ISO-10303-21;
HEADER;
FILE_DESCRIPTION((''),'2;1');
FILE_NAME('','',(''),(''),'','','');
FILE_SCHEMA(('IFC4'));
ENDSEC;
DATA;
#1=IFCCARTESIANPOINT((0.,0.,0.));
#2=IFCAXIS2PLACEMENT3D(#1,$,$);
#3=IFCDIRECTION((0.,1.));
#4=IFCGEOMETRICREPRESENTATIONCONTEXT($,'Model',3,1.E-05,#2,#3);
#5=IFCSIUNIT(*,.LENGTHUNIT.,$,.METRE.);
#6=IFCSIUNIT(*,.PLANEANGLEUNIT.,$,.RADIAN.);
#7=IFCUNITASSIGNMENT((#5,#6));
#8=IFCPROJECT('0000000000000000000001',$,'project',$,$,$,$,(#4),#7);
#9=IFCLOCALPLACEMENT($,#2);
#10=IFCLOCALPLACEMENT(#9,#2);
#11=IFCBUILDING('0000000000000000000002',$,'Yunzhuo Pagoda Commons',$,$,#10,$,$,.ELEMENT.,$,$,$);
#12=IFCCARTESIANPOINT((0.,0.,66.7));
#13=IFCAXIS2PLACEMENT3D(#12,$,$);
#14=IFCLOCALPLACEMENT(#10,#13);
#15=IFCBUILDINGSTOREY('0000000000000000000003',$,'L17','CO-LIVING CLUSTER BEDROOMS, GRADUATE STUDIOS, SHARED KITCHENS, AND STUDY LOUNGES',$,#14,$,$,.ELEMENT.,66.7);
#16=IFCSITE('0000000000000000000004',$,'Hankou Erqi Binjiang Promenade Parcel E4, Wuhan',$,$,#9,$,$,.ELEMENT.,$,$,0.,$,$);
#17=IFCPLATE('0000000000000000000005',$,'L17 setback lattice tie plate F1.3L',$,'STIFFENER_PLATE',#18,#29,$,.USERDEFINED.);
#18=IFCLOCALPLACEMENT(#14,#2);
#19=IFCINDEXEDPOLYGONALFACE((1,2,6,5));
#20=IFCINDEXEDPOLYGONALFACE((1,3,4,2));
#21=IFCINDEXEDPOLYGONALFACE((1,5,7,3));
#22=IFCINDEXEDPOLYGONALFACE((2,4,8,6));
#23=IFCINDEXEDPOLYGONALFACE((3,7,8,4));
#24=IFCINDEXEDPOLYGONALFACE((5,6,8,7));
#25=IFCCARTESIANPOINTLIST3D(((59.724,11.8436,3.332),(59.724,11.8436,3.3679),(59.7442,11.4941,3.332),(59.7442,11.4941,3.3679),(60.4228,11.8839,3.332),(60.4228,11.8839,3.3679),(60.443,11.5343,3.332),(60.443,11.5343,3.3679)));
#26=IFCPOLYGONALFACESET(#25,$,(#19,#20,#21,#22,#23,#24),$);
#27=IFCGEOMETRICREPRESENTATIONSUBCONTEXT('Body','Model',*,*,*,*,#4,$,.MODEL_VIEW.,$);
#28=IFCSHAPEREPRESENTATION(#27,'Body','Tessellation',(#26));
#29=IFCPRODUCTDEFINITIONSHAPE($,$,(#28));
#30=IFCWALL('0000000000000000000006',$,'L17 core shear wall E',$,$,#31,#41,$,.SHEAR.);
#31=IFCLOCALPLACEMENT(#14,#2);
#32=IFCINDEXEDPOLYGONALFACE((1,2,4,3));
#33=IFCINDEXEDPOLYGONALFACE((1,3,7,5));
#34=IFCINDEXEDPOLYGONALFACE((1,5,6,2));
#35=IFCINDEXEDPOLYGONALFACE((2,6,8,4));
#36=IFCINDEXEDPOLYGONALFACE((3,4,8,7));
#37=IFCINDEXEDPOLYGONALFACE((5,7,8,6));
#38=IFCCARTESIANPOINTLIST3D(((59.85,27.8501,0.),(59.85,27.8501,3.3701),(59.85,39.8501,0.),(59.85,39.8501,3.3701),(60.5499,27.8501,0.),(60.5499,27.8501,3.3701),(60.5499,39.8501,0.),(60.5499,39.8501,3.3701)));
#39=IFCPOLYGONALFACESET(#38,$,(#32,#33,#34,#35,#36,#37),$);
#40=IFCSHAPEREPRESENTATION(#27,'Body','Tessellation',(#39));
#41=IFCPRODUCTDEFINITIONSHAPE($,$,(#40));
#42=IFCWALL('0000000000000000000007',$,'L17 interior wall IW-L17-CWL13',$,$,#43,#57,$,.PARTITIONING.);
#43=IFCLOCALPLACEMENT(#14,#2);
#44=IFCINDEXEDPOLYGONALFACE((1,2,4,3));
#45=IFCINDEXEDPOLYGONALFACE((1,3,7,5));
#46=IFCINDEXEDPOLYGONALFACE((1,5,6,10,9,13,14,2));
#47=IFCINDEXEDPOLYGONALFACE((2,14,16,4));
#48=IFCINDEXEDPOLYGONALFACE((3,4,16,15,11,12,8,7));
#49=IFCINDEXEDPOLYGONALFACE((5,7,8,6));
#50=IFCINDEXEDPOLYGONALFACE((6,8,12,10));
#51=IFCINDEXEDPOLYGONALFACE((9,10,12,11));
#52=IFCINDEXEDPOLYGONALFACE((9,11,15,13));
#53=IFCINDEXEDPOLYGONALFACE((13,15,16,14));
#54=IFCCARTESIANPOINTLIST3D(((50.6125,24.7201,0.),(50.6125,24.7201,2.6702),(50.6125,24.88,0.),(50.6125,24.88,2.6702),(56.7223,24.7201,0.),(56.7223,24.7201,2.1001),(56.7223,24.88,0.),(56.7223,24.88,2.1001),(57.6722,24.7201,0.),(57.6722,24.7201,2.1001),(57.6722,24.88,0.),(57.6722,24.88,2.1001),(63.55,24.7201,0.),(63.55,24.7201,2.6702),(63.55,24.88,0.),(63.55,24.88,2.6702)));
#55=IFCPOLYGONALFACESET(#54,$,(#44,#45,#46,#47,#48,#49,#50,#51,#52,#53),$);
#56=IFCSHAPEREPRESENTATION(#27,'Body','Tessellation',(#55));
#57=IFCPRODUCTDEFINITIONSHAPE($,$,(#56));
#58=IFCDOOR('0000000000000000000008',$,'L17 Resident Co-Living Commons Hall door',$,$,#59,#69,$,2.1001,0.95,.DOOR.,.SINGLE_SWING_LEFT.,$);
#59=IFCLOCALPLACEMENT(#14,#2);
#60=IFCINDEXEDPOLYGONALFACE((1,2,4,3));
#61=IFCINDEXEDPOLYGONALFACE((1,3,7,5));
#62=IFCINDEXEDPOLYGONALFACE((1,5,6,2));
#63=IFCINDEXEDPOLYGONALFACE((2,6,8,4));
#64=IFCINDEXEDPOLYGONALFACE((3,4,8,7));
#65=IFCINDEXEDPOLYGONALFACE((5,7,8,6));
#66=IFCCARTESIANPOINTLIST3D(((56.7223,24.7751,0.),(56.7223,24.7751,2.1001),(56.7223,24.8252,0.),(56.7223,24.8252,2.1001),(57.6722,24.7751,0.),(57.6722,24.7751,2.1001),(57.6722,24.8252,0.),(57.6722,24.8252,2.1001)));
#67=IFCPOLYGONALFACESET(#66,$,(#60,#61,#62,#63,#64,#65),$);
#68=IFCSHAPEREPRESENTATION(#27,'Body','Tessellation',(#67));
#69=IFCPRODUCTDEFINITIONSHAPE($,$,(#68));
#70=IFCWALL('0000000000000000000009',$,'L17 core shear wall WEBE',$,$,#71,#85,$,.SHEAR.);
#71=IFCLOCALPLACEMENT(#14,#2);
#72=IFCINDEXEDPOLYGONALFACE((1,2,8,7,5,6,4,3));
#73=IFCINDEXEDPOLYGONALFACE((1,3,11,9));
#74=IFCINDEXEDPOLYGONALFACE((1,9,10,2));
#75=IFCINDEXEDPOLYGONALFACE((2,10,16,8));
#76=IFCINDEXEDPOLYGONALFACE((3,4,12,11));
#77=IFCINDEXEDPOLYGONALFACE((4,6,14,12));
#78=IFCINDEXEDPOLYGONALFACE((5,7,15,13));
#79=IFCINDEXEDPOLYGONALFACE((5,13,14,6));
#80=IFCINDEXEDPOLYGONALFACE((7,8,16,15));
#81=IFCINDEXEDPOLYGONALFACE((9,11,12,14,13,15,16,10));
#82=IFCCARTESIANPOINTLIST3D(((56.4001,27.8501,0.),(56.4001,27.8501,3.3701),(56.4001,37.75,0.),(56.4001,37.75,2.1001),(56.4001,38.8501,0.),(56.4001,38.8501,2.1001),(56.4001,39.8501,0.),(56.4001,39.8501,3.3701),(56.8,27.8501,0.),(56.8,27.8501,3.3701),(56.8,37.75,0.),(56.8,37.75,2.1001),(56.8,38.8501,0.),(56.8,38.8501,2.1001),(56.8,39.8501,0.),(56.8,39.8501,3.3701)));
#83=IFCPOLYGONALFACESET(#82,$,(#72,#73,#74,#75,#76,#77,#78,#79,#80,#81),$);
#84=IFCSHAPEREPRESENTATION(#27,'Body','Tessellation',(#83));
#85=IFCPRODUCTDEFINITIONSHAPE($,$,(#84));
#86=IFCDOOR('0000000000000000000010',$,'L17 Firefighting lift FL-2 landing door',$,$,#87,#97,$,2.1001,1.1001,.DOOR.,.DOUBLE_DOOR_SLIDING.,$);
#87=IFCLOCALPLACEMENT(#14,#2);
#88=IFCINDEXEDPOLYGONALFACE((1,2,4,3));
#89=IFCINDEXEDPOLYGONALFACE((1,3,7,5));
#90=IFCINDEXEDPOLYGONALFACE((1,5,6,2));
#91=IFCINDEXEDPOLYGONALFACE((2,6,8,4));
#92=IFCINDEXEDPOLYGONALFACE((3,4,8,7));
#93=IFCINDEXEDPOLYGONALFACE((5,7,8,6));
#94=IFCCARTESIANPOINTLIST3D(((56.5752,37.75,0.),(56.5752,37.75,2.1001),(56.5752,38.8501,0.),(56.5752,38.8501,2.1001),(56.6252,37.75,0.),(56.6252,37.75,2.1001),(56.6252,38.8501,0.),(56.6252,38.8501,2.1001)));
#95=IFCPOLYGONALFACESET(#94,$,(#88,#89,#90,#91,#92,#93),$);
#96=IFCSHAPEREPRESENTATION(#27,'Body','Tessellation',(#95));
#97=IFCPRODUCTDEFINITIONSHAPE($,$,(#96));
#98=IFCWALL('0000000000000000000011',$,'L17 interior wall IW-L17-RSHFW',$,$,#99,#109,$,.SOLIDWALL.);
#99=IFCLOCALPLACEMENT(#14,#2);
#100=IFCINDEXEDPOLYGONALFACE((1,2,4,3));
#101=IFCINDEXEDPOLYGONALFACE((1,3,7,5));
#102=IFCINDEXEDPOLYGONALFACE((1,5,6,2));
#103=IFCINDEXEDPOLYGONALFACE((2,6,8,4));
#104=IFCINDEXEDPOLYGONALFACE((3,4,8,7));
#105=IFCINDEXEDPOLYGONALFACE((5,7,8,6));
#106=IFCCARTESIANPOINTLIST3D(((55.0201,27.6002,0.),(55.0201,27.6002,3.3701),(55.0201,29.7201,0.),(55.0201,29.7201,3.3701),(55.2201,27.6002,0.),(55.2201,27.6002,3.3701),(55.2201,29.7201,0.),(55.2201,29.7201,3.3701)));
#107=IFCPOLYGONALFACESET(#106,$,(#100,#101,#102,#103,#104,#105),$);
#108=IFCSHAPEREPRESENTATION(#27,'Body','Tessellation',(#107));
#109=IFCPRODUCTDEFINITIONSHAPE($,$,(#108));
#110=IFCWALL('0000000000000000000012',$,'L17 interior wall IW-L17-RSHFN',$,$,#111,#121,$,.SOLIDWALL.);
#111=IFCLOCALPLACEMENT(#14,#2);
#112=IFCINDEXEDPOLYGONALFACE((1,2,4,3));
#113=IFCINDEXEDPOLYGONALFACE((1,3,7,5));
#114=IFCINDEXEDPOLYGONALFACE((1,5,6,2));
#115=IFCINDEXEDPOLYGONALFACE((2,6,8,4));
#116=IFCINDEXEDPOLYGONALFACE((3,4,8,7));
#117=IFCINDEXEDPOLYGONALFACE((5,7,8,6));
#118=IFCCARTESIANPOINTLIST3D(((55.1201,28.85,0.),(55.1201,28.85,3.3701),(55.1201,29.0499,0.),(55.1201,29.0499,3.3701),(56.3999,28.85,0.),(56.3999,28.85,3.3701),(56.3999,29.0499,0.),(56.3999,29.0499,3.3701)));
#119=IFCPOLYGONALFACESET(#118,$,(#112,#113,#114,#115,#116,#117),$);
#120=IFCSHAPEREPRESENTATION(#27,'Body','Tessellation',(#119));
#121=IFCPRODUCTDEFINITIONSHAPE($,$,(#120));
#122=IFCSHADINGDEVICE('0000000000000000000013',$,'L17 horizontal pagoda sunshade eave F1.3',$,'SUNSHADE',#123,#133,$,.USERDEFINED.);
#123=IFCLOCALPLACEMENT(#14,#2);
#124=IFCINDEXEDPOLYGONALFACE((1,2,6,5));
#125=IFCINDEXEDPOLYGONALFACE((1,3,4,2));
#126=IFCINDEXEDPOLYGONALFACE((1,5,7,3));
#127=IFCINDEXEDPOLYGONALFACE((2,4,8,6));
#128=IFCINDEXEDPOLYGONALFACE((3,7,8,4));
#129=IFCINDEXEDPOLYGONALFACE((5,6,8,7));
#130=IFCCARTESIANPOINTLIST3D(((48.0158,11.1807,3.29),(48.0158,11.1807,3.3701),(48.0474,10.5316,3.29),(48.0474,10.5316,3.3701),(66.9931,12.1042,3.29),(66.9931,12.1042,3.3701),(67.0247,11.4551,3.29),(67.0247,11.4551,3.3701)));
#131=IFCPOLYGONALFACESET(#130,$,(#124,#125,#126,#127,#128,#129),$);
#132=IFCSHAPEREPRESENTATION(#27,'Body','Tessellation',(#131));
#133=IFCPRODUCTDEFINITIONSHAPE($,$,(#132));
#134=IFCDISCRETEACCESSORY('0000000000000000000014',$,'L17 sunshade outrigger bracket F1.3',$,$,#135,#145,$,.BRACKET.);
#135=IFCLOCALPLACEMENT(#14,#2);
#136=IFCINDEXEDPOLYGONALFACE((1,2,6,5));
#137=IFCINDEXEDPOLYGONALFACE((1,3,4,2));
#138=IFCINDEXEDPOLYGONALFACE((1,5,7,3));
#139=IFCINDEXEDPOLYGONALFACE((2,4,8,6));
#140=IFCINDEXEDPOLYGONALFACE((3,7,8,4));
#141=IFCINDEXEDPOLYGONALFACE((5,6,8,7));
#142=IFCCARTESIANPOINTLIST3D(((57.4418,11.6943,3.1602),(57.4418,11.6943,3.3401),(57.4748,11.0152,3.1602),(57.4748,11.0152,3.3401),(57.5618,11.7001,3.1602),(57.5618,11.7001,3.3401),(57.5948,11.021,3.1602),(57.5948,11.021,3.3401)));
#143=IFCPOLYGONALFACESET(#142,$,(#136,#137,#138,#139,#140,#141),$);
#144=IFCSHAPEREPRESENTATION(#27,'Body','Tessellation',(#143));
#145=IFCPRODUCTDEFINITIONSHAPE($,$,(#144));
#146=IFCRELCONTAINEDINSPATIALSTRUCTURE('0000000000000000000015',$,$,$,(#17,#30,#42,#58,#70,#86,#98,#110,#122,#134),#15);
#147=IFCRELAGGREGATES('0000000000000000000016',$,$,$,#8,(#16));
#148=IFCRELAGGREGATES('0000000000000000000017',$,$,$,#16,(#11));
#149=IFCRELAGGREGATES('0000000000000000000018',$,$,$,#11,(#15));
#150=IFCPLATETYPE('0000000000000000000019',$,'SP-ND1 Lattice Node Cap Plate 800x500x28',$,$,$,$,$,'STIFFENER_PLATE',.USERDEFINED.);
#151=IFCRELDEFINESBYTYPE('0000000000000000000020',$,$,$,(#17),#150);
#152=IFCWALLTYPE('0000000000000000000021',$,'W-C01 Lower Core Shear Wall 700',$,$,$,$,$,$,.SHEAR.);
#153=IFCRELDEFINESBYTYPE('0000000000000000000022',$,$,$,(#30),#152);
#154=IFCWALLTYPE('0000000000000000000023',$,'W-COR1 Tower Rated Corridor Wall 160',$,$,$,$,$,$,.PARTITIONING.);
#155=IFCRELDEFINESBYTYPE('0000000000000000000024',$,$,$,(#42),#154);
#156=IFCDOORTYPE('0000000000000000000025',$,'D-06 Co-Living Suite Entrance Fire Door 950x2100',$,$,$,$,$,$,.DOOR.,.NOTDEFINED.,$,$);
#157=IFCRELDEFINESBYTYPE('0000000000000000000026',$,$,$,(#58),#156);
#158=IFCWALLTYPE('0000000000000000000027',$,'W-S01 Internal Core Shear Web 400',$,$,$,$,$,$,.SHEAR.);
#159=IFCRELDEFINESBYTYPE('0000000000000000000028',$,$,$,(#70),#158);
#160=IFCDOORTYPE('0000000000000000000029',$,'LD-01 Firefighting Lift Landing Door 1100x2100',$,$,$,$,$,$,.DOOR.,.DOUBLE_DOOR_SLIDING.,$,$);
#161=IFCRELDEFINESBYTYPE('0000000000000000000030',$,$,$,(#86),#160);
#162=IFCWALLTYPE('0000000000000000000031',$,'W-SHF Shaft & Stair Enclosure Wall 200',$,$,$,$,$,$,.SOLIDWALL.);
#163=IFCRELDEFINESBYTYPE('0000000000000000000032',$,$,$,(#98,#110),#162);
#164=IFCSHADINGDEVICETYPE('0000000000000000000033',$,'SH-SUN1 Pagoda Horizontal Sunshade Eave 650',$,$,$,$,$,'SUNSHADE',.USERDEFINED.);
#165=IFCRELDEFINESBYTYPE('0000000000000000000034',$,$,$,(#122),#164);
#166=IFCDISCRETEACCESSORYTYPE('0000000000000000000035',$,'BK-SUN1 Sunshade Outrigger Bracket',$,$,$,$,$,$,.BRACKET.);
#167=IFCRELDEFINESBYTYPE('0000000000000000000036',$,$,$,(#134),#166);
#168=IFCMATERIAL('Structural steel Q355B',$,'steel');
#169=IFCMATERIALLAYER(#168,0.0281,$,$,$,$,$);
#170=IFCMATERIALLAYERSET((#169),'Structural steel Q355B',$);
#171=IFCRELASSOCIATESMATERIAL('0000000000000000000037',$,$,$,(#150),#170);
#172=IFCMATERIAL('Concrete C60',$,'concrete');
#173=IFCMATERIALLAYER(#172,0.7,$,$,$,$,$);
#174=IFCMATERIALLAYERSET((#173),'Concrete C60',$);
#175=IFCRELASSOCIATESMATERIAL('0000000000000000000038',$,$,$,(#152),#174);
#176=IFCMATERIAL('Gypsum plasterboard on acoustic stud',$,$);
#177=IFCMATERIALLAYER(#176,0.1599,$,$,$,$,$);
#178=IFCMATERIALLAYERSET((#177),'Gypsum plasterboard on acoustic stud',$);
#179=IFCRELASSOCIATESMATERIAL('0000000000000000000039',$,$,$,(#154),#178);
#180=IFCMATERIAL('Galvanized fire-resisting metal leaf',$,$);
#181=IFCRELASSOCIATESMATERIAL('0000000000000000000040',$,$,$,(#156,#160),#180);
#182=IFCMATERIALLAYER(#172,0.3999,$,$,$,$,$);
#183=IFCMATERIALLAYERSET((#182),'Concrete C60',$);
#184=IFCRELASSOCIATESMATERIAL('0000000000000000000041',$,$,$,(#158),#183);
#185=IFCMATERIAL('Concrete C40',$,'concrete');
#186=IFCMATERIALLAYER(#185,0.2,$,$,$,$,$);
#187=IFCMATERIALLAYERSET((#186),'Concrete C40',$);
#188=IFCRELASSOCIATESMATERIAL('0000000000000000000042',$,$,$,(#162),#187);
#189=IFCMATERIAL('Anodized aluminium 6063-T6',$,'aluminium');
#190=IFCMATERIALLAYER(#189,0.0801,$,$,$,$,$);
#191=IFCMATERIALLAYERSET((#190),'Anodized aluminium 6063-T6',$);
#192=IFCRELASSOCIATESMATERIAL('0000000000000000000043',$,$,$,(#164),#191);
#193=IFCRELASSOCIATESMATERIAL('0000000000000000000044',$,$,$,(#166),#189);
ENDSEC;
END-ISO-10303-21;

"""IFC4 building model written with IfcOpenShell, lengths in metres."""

from ifc_helpers import new_model, si_unit, direction, frame, frame_2d, origin, origin_with_axes, origin_2d, place, context, subcontext, project, spatial, rectangle, extrude, source, transform, mapped, material, layer, layer_set, type_object, element, fill, save


model = new_model("IFC4")

# Units and contexts
model_context = context("Model", 3, precision=1e-05, world=origin(), true_north=direction((0.0, 1.0)))
body_context = subcontext(model_context, "Body", "Model", "MODEL_VIEW")
ifc_project = project(units=[si_unit("LENGTHUNIT", "METRE"), si_unit("PLANEANGLEUNIT", "RADIAN")], contexts=[model_context])

# Site, building, storey
site_placement = place(None, origin())
site = spatial("IfcSite", under=ifc_project, at=site_placement, Name="Hankou Erqi Binjiang Promenade Parcel E4, Wuhan", CompositionType="ELEMENT", RefElevation=0.0)
building_placement = place(site_placement, origin())
building = spatial("IfcBuilding", under=site, at=building_placement, Name="Yunzhuo Pagoda Commons", CompositionType="ELEMENT")
storey_placement = place(building_placement, frame((0.0, 0.0, 66.7)))
storey = spatial("IfcBuildingStorey", under=building, at=storey_placement, Name="L17", Description="CO-LIVING CLUSTER BEDROOMS, GRADUATE STUDIOS, SHARED KITCHENS, AND STUDY LOUNGES", CompositionType="ELEMENT", Elevation=66.7)

# Shared definitions
ifc_material_1 = material(Name="Structural steel Q355B", Category="steel")

# Shared definitions
ifc_material_2 = material(Name="Anodized aluminium 6063-T6", Category="aluminium")

# Plate
ifc_layer_1 = layer(ifc_material_1, 0.0281)
ifc_layer_set_1 = layer_set([ifc_layer_1], Name="Structural steel Q355B")
plate_type_1 = type_object("IfcPlateType", Name="SP-ND1 Lattice Node Cap Plate 800x500x28", ElementType="STIFFENER_PLATE", PredefinedType="USERDEFINED", material=ifc_layer_set_1)
shared_shape_1 = source(origin(), body_context, "Body", "SweptSolid", [
    extrude(rectangle(XDim=0.7, YDim=0.3501, at=origin_2d()), origin(), (0.0, 0.0, 1.0), 0.0359),
])
plate_1_placement = place(storey_placement, frame((60.0835, 11.689, 3.332), z_axis=(0.0, 0.0, 1.0), x_axis=(0.998343, 0.057547, 0.0)))
element("IfcPlate", 1, at=plate_1_placement, inside=storey, type_object=plate_type_1, Name="L17 setback lattice tie plate F1.3L", ObjectType="STIFFENER_PLATE", PredefinedType="USERDEFINED", context=body_context, shape_type="MappedRepresentation", body=[
    mapped(shared_shape_1, transform((0.0, 0.0, 0.0), scale=1.0)),
])

# Wall
ifc_material_3 = material(Name="Concrete C60", Category="concrete")
ifc_layer_2 = layer(ifc_material_3, 0.7)
ifc_layer_set_2 = layer_set([ifc_layer_2], Name="Concrete C60")
wall_type_1 = type_object("IfcWallType", Name="W-C01 Lower Core Shear Wall 700", PredefinedType="SHEAR", material=ifc_layer_set_2)
wall_1_placement = place(storey_placement, frame((60.2, 27.8501, 0.0), z_axis=(0.0, 0.0, 1.0), x_axis=(0.0, 1.0, 0.0)))
element("IfcWall", 2, at=wall_1_placement, inside=storey, type_object=wall_type_1, Name="L17 core shear wall E", PredefinedType="SHEAR", context=body_context, shape_type="SweptSolid", body=[
    extrude(rectangle(XDim=12.0, YDim=0.7, at=frame_2d((6.0, 0.0))), origin(), (0.0, 0.0, 1.0), 3.3701),
])

# Walls, openings, doors
ifc_material_4 = material(Name="Gypsum plasterboard on acoustic stud")
ifc_layer_3 = layer(ifc_material_4, 0.1599)
ifc_layer_set_3 = layer_set([ifc_layer_3], Name="Gypsum plasterboard on acoustic stud")
wall_type_2 = type_object("IfcWallType", Name="W-COR1 Tower Rated Corridor Wall 160", PredefinedType="PARTITIONING", material=ifc_layer_set_3)
wall_2_placement = place(storey_placement, frame((63.55, 24.8, 0.0), z_axis=(0.0, 0.0, 1.0), x_axis=(-1.0, 0.0, 0.0)))
wall_2 = element("IfcWall", 3, at=wall_2_placement, inside=storey, type_object=wall_type_2, Name="L17 interior wall IW-L17-CWL13", PredefinedType="PARTITIONING", context=body_context, shape_type="SweptSolid", body=[
    extrude(rectangle(XDim=12.9375, YDim=0.1599, at=frame_2d((6.4688, 0.0))), origin(), (0.0, 0.0, 1.0), 2.6702),
])
opening_1_placement = place(wall_2_placement, frame((5.8777, 0.0, 0.0)))
opening_1 = element("IfcOpeningElement", 4, at=opening_1_placement, cuts=wall_2, PredefinedType="OPENING", context=body_context, shape_type="SweptSolid", body=[
    extrude(rectangle(XDim=0.95, YDim=2.1001, at=frame_2d((0.4751, 1.05))), frame((0.0, 0.0898, 0.0), z_axis=(0.0, -1.0, 0.0), x_axis=(1.0, 0.0, 0.0)), (0.0, 0.0, 1.0), 0.1799),
])
ifc_material_5 = material(Name="Galvanized fire-resisting metal leaf")
door_type_1 = type_object("IfcDoorType", Name="D-06 Co-Living Suite Entrance Fire Door 950x2100", OperationType="NOTDEFINED", PredefinedType="DOOR", material=ifc_material_5)
shared_shape_2 = source(origin(), body_context, "Body", "SweptSolid", [
    extrude(rectangle(XDim=0.95, YDim=2.1001, at=frame_2d((0.4751, 1.05))), frame((0.0, 0.0249, 0.0), z_axis=(0.0, -1.0, 0.0), x_axis=(1.0, 0.0, 0.0)), (0.0, 0.0, 1.0), 0.05),
])
door_1_placement = place(opening_1_placement, origin_with_axes())
door_1 = element("IfcDoor", 5, at=door_1_placement, inside=storey, type_object=door_type_1, Name="L17 Resident Co-Living Commons Hall door", OperationType="SINGLE_SWING_LEFT", OverallHeight=2.1001, OverallWidth=0.95, PredefinedType="DOOR", context=body_context, shape_type="MappedRepresentation", body=[
    mapped(shared_shape_2, transform((0.0, 0.0, 0.0), scale=1.0)),
])
fill(opening_1, door_1)
ifc_layer_4 = layer(ifc_material_3, 0.3999)
ifc_layer_set_4 = layer_set([ifc_layer_4], Name="Concrete C60")
wall_type_3 = type_object("IfcWallType", Name="W-S01 Internal Core Shear Web 400", PredefinedType="SHEAR", material=ifc_layer_set_4)
wall_3_placement = place(storey_placement, frame((56.6001, 27.8501, 0.0), z_axis=(0.0, 0.0, 1.0), x_axis=(0.0, 1.0, 0.0)))
wall_3 = element("IfcWall", 6, at=wall_3_placement, inside=storey, type_object=wall_type_3, Name="L17 core shear wall WEBE", PredefinedType="SHEAR", context=body_context, shape_type="SweptSolid", body=[
    extrude(rectangle(XDim=12.0, YDim=0.3999, at=frame_2d((6.0, 0.0))), origin(), (0.0, 0.0, 1.0), 3.3701),
])
opening_2_placement = place(wall_3_placement, frame((9.8999, 0.0, 0.0)))
opening_2 = element("IfcOpeningElement", 7, at=opening_2_placement, cuts=wall_3, PredefinedType="OPENING", context=body_context, shape_type="SweptSolid", body=[
    extrude(rectangle(XDim=1.1001, YDim=2.1001, at=frame_2d((0.55, 1.05))), frame((0.0, 0.21, 0.0), z_axis=(0.0, -1.0, 0.0), x_axis=(1.0, 0.0, 0.0)), (0.0, 0.0, 1.0), 0.4199),
])
door_type_2 = type_object("IfcDoorType", Name="LD-01 Firefighting Lift Landing Door 1100x2100", OperationType="DOUBLE_DOOR_SLIDING", PredefinedType="DOOR", material=ifc_material_5)
shared_shape_3 = source(origin(), body_context, "Body", "SweptSolid", [
    extrude(rectangle(XDim=1.1001, YDim=2.1001, at=frame_2d((0.55, 1.05))), frame((0.0, 0.0249, 0.0), z_axis=(0.0, -1.0, 0.0), x_axis=(1.0, 0.0, 0.0)), (0.0, 0.0, 1.0), 0.05),
])
door_2_placement = place(opening_2_placement, origin_with_axes())
door_2 = element("IfcDoor", 8, at=door_2_placement, inside=storey, type_object=door_type_2, Name="L17 Firefighting lift FL-2 landing door", OperationType="DOUBLE_DOOR_SLIDING", OverallHeight=2.1001, OverallWidth=1.1001, PredefinedType="DOOR", context=body_context, shape_type="MappedRepresentation", body=[
    mapped(shared_shape_3, transform((0.0, 0.0, 0.0), scale=1.0)),
])
fill(opening_2, door_2)

# Walls
ifc_material_6 = material(Name="Concrete C40", Category="concrete")
ifc_layer_5 = layer(ifc_material_6, 0.2)
ifc_layer_set_5 = layer_set([ifc_layer_5], Name="Concrete C40")
wall_type_4 = type_object("IfcWallType", Name="W-SHF Shaft & Stair Enclosure Wall 200", PredefinedType="SOLIDWALL", material=ifc_layer_set_5)
wall_4_placement = place(storey_placement, frame((55.1201, 27.6001, 0.0), z_axis=(0.0, 0.0, 1.0), x_axis=(0.0, 1.0, 0.0)))
element("IfcWall", 9, at=wall_4_placement, inside=storey, type_object=wall_type_4, Name="L17 interior wall IW-L17-RSHFW", PredefinedType="SOLIDWALL", context=body_context, shape_type="SweptSolid", body=[
    extrude(rectangle(XDim=2.1199, YDim=0.2, at=frame_2d((1.0601, 0.0))), origin(), (0.0, 0.0, 1.0), 3.3701),
])
wall_5_placement = place(storey_placement, frame((55.1201, 28.95, 0.0), z_axis=(0.0, 0.0, 1.0), x_axis=(1.0, 0.0, 0.0)))
element("IfcWall", 10, at=wall_5_placement, inside=storey, type_object=wall_type_4, Name="L17 interior wall IW-L17-RSHFN", PredefinedType="SOLIDWALL", context=body_context, shape_type="SweptSolid", body=[
    extrude(rectangle(XDim=1.2798, YDim=0.2, at=frame_2d((0.6399, 0.0))), origin(), (0.0, 0.0, 1.0), 3.3701),
])

# Shading device
ifc_layer_6 = layer(ifc_material_2, 0.0801)
ifc_layer_set_6 = layer_set([ifc_layer_6], Name="Anodized aluminium 6063-T6")
shading_device_type = type_object("IfcShadingDeviceType", Name="SH-SUN1 Pagoda Horizontal Sunshade Eave 650", ElementType="SUNSHADE", PredefinedType="USERDEFINED", material=ifc_layer_set_6)
shared_shape_4 = source(origin(), body_context, "Body", "SweptSolid", [
    extrude(rectangle(XDim=18.9998, YDim=0.6499, at=origin_2d()), origin(), (0.0, 0.0, 1.0), 0.0801),
])
shading_device_placement = place(storey_placement, frame((57.5203, 11.3179, 3.29), z_axis=(0.0, 0.0, 1.0), x_axis=(0.998818, 0.048606, 0.0)))
element("IfcShadingDevice", 11, at=shading_device_placement, inside=storey, type_object=shading_device_type, Name="L17 horizontal pagoda sunshade eave F1.3", ObjectType="SUNSHADE", PredefinedType="USERDEFINED", context=body_context, shape_type="MappedRepresentation", body=[
    mapped(shared_shape_4, transform((0.0, 0.0, 0.0), scale=1.0)),
])

# Discrete accessory
discrete_accessory_type = type_object("IfcDiscreteAccessoryType", Name="BK-SUN1 Sunshade Outrigger Bracket", PredefinedType="BRACKET", material=ifc_material_2)
shared_shape_5 = source(origin(), body_context, "Body", "SweptSolid", [
    extrude(rectangle(XDim=0.1201, YDim=0.6799, at=origin_2d()), origin(), (0.0, 0.0, 1.0), 0.1799),
])
discrete_accessory_placement = place(storey_placement, frame((57.5183, 11.3577, 3.1602), z_axis=(0.0, 0.0, 1.0), x_axis=(0.998818, 0.048606, 0.0)))
element("IfcDiscreteAccessory", 12, at=discrete_accessory_placement, inside=storey, type_object=discrete_accessory_type, Name="L17 sunshade outrigger bracket F1.3", PredefinedType="BRACKET", context=body_context, shape_type="MappedRepresentation", body=[
    mapped(shared_shape_5, transform((0.0, 0.0, 0.0), scale=1.0)),
])

save(model, "model.ifc")
